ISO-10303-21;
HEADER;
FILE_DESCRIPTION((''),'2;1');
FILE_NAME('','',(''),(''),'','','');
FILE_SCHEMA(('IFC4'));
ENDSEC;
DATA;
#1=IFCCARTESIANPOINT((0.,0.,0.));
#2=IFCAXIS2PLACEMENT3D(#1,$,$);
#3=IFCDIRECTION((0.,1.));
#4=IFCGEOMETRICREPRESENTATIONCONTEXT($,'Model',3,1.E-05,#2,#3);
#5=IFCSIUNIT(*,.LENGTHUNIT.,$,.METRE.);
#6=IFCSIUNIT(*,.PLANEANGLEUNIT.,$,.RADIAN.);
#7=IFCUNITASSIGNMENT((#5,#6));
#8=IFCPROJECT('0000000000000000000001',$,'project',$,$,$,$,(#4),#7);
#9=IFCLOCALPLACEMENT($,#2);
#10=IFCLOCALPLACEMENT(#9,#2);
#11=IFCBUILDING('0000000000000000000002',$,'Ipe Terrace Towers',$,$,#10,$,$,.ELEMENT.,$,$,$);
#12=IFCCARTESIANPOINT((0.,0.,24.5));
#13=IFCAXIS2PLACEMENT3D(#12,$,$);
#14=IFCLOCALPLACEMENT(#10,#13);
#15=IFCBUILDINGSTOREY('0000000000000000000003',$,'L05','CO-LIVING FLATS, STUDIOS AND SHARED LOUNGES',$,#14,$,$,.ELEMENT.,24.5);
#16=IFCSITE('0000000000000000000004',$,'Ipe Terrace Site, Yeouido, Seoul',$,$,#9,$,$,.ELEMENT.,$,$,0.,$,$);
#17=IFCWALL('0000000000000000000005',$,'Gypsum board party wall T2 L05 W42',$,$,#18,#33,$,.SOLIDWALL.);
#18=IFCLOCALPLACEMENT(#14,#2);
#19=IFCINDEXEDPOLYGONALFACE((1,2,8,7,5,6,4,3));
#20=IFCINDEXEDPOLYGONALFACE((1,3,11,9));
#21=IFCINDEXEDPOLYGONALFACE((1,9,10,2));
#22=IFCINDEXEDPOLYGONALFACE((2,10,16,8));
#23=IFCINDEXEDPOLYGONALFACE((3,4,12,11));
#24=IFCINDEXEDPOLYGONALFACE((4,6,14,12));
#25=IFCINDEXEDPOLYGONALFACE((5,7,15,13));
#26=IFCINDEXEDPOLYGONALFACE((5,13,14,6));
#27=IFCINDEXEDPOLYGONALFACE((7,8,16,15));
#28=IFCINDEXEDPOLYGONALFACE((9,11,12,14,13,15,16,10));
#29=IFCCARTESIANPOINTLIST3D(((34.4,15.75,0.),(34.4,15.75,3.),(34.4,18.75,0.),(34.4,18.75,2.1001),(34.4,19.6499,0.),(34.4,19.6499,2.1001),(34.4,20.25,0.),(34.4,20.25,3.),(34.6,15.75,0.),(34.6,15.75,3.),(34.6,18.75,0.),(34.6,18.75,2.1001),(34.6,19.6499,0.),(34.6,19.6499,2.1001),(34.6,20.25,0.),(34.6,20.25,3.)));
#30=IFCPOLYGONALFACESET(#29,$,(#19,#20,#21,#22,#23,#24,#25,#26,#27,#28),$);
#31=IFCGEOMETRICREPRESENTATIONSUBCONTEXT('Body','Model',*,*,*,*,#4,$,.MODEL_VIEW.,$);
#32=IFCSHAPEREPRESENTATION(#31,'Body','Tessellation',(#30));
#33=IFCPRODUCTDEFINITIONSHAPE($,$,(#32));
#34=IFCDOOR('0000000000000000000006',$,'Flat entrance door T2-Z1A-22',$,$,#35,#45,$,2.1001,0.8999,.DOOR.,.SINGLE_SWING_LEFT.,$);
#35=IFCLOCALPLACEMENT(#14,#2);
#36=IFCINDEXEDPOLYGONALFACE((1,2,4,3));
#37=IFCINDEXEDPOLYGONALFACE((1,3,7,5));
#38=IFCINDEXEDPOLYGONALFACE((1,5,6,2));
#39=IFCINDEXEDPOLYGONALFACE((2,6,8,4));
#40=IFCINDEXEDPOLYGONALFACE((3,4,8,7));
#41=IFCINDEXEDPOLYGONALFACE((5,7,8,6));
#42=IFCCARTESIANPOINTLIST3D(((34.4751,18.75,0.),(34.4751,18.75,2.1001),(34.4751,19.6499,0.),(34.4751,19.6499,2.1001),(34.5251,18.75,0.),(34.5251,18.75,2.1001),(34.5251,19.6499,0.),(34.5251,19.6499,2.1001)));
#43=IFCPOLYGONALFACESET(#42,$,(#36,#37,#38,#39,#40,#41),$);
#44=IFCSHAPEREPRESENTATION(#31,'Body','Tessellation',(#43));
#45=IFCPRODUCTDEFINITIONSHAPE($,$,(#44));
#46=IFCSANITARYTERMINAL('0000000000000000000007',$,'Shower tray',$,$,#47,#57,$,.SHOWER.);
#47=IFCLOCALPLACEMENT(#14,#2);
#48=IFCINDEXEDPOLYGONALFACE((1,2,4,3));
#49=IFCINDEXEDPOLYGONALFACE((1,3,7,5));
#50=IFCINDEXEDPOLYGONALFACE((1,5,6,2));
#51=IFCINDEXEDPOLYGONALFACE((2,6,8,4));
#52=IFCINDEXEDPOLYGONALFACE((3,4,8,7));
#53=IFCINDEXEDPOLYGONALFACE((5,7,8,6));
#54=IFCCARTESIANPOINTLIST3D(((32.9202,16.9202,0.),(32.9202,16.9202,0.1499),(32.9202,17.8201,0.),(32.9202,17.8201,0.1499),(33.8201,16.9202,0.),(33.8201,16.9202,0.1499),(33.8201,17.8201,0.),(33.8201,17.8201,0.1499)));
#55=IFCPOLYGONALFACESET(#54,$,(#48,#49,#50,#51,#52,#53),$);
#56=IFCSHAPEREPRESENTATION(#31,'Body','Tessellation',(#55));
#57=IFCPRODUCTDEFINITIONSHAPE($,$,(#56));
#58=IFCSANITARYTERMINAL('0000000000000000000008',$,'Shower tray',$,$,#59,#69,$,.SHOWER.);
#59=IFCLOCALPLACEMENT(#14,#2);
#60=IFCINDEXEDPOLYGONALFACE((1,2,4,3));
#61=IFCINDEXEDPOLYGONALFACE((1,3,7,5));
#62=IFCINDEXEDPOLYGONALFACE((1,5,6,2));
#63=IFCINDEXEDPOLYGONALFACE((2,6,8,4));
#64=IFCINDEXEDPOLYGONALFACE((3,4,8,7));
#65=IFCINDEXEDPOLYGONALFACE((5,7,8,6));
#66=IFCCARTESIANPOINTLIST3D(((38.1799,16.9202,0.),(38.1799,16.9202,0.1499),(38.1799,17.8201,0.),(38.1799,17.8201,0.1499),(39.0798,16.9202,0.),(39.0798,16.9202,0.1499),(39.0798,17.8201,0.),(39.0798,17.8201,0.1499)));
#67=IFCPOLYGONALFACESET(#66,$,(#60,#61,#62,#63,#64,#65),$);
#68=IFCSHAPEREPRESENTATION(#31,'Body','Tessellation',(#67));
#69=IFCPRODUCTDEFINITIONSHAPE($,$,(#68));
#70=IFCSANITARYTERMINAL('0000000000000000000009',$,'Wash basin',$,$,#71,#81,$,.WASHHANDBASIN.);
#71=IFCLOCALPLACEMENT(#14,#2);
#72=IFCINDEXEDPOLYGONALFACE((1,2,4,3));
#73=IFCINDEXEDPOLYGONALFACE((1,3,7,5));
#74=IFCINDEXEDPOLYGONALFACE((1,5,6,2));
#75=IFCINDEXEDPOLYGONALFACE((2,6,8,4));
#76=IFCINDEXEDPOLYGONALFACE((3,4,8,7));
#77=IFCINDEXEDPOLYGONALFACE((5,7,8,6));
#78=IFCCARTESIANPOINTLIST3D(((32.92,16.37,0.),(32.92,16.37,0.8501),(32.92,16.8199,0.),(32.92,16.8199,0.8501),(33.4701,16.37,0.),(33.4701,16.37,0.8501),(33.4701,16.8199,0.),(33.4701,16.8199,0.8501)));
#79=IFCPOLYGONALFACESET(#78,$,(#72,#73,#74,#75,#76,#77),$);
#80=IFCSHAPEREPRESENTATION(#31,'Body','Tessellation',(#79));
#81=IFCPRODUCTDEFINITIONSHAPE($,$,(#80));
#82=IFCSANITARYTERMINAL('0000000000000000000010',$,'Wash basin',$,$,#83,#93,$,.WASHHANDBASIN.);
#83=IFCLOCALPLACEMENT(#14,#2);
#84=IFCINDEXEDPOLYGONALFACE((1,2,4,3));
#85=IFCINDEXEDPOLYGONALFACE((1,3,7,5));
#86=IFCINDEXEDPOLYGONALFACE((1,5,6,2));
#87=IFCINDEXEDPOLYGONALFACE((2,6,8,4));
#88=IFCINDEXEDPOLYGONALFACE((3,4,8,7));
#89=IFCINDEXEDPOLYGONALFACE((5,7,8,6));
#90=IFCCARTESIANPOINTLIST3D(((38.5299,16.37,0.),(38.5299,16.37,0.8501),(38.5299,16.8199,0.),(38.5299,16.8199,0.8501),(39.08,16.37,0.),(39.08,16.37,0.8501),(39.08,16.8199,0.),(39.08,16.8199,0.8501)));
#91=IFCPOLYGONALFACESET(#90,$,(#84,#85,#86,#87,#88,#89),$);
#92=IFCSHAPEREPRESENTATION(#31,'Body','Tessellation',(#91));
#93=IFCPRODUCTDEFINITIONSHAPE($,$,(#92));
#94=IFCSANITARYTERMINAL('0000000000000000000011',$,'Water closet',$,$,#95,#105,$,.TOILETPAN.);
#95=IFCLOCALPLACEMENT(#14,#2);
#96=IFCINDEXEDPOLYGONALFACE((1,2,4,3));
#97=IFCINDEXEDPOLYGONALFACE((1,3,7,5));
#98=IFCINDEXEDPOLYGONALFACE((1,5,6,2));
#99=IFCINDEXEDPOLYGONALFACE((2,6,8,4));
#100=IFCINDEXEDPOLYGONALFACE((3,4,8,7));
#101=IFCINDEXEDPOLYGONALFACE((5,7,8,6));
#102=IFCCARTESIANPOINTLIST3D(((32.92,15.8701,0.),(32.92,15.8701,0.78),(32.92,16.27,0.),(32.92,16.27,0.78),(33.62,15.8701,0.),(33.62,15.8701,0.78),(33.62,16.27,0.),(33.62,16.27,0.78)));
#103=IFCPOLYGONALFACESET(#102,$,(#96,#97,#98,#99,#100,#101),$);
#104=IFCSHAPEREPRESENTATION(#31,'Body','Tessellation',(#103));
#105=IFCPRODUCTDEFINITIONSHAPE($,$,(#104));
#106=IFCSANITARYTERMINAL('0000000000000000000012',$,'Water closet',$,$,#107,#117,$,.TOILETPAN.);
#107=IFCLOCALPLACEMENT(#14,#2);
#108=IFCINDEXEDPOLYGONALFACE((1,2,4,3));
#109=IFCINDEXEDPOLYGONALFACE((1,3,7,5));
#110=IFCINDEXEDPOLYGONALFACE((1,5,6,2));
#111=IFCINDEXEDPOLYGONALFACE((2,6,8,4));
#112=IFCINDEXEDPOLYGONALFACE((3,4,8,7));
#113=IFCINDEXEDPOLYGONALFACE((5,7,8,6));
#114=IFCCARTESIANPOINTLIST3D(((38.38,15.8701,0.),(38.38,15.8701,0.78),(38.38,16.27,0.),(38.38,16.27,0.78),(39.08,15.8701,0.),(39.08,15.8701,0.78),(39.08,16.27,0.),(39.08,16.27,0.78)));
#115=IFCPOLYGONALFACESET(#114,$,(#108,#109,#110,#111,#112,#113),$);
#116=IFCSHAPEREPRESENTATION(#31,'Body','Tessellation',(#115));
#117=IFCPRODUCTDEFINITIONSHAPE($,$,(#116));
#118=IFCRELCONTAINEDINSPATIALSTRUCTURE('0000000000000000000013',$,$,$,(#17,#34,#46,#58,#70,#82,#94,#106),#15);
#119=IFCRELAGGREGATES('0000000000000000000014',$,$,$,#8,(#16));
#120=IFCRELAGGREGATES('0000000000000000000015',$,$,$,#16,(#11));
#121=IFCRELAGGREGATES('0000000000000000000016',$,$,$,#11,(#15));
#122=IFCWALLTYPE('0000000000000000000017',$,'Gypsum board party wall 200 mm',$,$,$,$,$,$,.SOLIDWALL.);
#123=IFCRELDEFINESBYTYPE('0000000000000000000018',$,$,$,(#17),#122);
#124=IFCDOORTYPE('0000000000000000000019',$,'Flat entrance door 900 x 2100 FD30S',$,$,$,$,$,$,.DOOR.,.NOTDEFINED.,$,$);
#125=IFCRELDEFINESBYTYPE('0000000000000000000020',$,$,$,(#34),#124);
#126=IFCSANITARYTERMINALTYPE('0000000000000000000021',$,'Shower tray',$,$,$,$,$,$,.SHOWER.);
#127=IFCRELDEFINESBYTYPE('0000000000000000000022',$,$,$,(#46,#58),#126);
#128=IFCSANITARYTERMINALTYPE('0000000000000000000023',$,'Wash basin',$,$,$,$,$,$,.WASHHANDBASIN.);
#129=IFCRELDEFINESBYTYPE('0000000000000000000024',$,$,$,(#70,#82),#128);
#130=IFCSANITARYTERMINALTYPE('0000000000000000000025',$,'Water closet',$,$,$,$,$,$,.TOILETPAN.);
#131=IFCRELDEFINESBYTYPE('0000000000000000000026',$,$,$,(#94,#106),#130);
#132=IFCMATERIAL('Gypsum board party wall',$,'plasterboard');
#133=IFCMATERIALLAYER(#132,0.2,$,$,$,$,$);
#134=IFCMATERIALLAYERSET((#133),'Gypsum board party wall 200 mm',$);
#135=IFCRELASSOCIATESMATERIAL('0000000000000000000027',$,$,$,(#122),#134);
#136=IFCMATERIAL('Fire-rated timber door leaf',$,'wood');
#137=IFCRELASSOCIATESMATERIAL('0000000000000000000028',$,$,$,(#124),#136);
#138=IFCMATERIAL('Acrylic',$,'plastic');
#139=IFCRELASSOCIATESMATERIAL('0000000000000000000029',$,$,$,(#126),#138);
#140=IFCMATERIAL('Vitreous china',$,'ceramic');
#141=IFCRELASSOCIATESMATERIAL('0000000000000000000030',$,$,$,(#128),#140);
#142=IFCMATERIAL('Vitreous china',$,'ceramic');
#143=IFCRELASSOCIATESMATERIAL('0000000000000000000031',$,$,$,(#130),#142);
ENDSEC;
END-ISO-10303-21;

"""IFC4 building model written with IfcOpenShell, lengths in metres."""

from ifc_helpers import new_model, si_unit, direction, frame, frame_2d, origin, origin_2d, place, context, subcontext, project, spatial, rectangle, extrude, material, layer, layer_set, type_object, element, fill, save


model = new_model("IFC4")

# Units and contexts
model_context = context("Model", 3, precision=1e-05, world=origin(), true_north=direction((0.0, 1.0)))
body_context = subcontext(model_context, "Body", "Model", "MODEL_VIEW")
ifc_project = project(units=[si_unit("LENGTHUNIT", "METRE"), si_unit("PLANEANGLEUNIT", "RADIAN")], contexts=[model_context])

# Site, building, storey
site_placement = place(None, origin())
site = spatial("IfcSite", under=ifc_project, at=site_placement, Name="Ipe Terrace Site, Yeouido, Seoul", CompositionType="ELEMENT", RefElevation=0.0)
building_placement = place(site_placement, origin())
building = spatial("IfcBuilding", under=site, at=building_placement, Name="Ipe Terrace Towers", CompositionType="ELEMENT")
storey_placement = place(building_placement, frame((0.0, 0.0, 24.5)))
storey = spatial("IfcBuildingStorey", under=building, at=storey_placement, Name="L05", Description="CO-LIVING FLATS, STUDIOS AND SHARED LOUNGES", CompositionType="ELEMENT", Elevation=24.5)

# Shared definitions
ifc_material_1 = material(Name="Gypsum board party wall", Category="plasterboard")
ifc_layer_1 = layer(ifc_material_1, 0.2)
ifc_layer_set_1 = layer_set([ifc_layer_1], Name="Gypsum board party wall 200 mm")
wall_type_1 = type_object("IfcWallType", Name="Gypsum board party wall 200 mm", PredefinedType="SOLIDWALL", material=ifc_layer_set_1)

# Wall, opening, door
ifc_material_2 = material(Name="Fire-rated timber door leaf", Category="wood")
door_type_1 = type_object("IfcDoorType", Name="Flat entrance door 900 x 2100 FD30S", OperationType="NOTDEFINED", PredefinedType="DOOR", material=ifc_material_2)
wall_1_placement = place(storey_placement, frame((34.5, 15.75, 0.0), z_axis=(0.0, 0.0, 1.0), x_axis=(0.0, 1.0, 0.0)))
wall_1 = element("IfcWall", 1, at=wall_1_placement, inside=storey, type_object=wall_type_1, Name="Gypsum board party wall T2 L05 W42", PredefinedType="SOLIDWALL", context=body_context, shape_type="SweptSolid", body=[
    extrude(rectangle(XDim=4.5, YDim=0.2, at=frame_2d((2.25, 0.0))), origin(), (0.0, 0.0, 1.0), 3.0),
])
opening_1_placement = place(wall_1_placement, frame((3.0, 0.0, 0.0)))
opening_1 = element("IfcOpeningElement", 2, at=opening_1_placement, cuts=wall_1, PredefinedType="OPENING", context=body_context, shape_type="SweptSolid", body=[
    extrude(rectangle(XDim=0.8999, YDim=2.1001, at=frame_2d((0.45, 1.05))), frame((0.0, 0.1099, 0.0), z_axis=(0.0, -1.0, 0.0), x_axis=(1.0, 0.0, 0.0)), (0.0, 0.0, 1.0), 0.22),
])
door_1_placement = place(opening_1_placement, origin())
door_1 = element("IfcDoor", 3, at=door_1_placement, inside=storey, type_object=door_type_1, Name="Flat entrance door T2-Z1A-22", OperationType="SINGLE_SWING_LEFT", OverallHeight=2.1001, OverallWidth=0.8999, PredefinedType="DOOR", context=body_context, shape_type="SweptSolid", body=[
    extrude(rectangle(XDim=0.8999, YDim=2.1001, at=frame_2d((0.45, 1.05))), frame((0.0, 0.0249, 0.0), z_axis=(0.0, -1.0, 0.0), x_axis=(1.0, 0.0, 0.0)), (0.0, 0.0, 1.0), 0.05),
])
fill(opening_1, door_1)

# Sanitary terminals
ifc_material_3 = material(Name="Acrylic", Category="plastic")
sanitary_terminal_type_1 = type_object("IfcSanitaryTerminalType", Name="Shower tray", PredefinedType="SHOWER", material=ifc_material_3)
for number, where, z_axis, x_axis, name in (
    (4, (33.3701, 17.3701, 0.0), (0.0, 0.0, 1.0), (1.0, 0.0, 0.0), "Shower tray"),
    (5, (38.6299, 17.3701, 0.0), (0.0, 0.0, 1.0), (-1.0, 0.0, 0.0), "Shower tray"),
):
    element("IfcSanitaryTerminal", number, at=place(storey_placement, frame(where, z_axis=z_axis, x_axis=x_axis)), inside=storey, type_object=sanitary_terminal_type_1, Name=name, PredefinedType="SHOWER", context=body_context, shape_type="SweptSolid", body=[
        extrude(rectangle(XDim=0.8999, YDim=0.8999, at=origin_2d()), origin(), (0.0, 0.0, 1.0), 0.1499),
    ])
ifc_material_4 = material(Name="Vitreous china", Category="ceramic")
sanitary_terminal_type_2 = type_object("IfcSanitaryTerminalType", Name="Wash basin", PredefinedType="WASHHANDBASIN", material=ifc_material_4)
for number, where, z_axis, x_axis, name in (
    (6, (33.1951, 16.595, 0.0), (0.0, 0.0, 1.0), (1.0, 0.0, 0.0), "Wash basin"),
    (7, (38.8049, 16.595, 0.0), (0.0, 0.0, 1.0), (-1.0, 0.0, 0.0), "Wash basin"),
):
    element("IfcSanitaryTerminal", number, at=place(storey_placement, frame(where, z_axis=z_axis, x_axis=x_axis)), inside=storey, type_object=sanitary_terminal_type_2, Name=name, PredefinedType="WASHHANDBASIN", context=body_context, shape_type="SweptSolid", body=[
        extrude(rectangle(XDim=0.55, YDim=0.45, at=origin_2d()), origin(), (0.0, 0.0, 1.0), 0.8501),
    ])
ifc_material_5 = material(Name="Vitreous china", Category="ceramic")
sanitary_terminal_type_3 = type_object("IfcSanitaryTerminalType", Name="Water closet", PredefinedType="TOILETPAN", material=ifc_material_5)
for number, where, z_axis, x_axis, name in (
    (8, (33.27, 16.0701, 0.0), (0.0, 0.0, 1.0), (1.0, 0.0, 0.0), "Water closet"),
    (9, (38.73, 16.0701, 0.0), (0.0, 0.0, 1.0), (-1.0, 0.0, 0.0), "Water closet"),
):
    element("IfcSanitaryTerminal", number, at=place(storey_placement, frame(where, z_axis=z_axis, x_axis=x_axis)), inside=storey, type_object=sanitary_terminal_type_3, Name=name, PredefinedType="TOILETPAN", context=body_context, shape_type="SweptSolid", body=[
        extrude(rectangle(XDim=0.7, YDim=0.3999, at=origin_2d()), origin(), (0.0, 0.0, 1.0), 0.78),
    ])

save(model, "model.ifc")
